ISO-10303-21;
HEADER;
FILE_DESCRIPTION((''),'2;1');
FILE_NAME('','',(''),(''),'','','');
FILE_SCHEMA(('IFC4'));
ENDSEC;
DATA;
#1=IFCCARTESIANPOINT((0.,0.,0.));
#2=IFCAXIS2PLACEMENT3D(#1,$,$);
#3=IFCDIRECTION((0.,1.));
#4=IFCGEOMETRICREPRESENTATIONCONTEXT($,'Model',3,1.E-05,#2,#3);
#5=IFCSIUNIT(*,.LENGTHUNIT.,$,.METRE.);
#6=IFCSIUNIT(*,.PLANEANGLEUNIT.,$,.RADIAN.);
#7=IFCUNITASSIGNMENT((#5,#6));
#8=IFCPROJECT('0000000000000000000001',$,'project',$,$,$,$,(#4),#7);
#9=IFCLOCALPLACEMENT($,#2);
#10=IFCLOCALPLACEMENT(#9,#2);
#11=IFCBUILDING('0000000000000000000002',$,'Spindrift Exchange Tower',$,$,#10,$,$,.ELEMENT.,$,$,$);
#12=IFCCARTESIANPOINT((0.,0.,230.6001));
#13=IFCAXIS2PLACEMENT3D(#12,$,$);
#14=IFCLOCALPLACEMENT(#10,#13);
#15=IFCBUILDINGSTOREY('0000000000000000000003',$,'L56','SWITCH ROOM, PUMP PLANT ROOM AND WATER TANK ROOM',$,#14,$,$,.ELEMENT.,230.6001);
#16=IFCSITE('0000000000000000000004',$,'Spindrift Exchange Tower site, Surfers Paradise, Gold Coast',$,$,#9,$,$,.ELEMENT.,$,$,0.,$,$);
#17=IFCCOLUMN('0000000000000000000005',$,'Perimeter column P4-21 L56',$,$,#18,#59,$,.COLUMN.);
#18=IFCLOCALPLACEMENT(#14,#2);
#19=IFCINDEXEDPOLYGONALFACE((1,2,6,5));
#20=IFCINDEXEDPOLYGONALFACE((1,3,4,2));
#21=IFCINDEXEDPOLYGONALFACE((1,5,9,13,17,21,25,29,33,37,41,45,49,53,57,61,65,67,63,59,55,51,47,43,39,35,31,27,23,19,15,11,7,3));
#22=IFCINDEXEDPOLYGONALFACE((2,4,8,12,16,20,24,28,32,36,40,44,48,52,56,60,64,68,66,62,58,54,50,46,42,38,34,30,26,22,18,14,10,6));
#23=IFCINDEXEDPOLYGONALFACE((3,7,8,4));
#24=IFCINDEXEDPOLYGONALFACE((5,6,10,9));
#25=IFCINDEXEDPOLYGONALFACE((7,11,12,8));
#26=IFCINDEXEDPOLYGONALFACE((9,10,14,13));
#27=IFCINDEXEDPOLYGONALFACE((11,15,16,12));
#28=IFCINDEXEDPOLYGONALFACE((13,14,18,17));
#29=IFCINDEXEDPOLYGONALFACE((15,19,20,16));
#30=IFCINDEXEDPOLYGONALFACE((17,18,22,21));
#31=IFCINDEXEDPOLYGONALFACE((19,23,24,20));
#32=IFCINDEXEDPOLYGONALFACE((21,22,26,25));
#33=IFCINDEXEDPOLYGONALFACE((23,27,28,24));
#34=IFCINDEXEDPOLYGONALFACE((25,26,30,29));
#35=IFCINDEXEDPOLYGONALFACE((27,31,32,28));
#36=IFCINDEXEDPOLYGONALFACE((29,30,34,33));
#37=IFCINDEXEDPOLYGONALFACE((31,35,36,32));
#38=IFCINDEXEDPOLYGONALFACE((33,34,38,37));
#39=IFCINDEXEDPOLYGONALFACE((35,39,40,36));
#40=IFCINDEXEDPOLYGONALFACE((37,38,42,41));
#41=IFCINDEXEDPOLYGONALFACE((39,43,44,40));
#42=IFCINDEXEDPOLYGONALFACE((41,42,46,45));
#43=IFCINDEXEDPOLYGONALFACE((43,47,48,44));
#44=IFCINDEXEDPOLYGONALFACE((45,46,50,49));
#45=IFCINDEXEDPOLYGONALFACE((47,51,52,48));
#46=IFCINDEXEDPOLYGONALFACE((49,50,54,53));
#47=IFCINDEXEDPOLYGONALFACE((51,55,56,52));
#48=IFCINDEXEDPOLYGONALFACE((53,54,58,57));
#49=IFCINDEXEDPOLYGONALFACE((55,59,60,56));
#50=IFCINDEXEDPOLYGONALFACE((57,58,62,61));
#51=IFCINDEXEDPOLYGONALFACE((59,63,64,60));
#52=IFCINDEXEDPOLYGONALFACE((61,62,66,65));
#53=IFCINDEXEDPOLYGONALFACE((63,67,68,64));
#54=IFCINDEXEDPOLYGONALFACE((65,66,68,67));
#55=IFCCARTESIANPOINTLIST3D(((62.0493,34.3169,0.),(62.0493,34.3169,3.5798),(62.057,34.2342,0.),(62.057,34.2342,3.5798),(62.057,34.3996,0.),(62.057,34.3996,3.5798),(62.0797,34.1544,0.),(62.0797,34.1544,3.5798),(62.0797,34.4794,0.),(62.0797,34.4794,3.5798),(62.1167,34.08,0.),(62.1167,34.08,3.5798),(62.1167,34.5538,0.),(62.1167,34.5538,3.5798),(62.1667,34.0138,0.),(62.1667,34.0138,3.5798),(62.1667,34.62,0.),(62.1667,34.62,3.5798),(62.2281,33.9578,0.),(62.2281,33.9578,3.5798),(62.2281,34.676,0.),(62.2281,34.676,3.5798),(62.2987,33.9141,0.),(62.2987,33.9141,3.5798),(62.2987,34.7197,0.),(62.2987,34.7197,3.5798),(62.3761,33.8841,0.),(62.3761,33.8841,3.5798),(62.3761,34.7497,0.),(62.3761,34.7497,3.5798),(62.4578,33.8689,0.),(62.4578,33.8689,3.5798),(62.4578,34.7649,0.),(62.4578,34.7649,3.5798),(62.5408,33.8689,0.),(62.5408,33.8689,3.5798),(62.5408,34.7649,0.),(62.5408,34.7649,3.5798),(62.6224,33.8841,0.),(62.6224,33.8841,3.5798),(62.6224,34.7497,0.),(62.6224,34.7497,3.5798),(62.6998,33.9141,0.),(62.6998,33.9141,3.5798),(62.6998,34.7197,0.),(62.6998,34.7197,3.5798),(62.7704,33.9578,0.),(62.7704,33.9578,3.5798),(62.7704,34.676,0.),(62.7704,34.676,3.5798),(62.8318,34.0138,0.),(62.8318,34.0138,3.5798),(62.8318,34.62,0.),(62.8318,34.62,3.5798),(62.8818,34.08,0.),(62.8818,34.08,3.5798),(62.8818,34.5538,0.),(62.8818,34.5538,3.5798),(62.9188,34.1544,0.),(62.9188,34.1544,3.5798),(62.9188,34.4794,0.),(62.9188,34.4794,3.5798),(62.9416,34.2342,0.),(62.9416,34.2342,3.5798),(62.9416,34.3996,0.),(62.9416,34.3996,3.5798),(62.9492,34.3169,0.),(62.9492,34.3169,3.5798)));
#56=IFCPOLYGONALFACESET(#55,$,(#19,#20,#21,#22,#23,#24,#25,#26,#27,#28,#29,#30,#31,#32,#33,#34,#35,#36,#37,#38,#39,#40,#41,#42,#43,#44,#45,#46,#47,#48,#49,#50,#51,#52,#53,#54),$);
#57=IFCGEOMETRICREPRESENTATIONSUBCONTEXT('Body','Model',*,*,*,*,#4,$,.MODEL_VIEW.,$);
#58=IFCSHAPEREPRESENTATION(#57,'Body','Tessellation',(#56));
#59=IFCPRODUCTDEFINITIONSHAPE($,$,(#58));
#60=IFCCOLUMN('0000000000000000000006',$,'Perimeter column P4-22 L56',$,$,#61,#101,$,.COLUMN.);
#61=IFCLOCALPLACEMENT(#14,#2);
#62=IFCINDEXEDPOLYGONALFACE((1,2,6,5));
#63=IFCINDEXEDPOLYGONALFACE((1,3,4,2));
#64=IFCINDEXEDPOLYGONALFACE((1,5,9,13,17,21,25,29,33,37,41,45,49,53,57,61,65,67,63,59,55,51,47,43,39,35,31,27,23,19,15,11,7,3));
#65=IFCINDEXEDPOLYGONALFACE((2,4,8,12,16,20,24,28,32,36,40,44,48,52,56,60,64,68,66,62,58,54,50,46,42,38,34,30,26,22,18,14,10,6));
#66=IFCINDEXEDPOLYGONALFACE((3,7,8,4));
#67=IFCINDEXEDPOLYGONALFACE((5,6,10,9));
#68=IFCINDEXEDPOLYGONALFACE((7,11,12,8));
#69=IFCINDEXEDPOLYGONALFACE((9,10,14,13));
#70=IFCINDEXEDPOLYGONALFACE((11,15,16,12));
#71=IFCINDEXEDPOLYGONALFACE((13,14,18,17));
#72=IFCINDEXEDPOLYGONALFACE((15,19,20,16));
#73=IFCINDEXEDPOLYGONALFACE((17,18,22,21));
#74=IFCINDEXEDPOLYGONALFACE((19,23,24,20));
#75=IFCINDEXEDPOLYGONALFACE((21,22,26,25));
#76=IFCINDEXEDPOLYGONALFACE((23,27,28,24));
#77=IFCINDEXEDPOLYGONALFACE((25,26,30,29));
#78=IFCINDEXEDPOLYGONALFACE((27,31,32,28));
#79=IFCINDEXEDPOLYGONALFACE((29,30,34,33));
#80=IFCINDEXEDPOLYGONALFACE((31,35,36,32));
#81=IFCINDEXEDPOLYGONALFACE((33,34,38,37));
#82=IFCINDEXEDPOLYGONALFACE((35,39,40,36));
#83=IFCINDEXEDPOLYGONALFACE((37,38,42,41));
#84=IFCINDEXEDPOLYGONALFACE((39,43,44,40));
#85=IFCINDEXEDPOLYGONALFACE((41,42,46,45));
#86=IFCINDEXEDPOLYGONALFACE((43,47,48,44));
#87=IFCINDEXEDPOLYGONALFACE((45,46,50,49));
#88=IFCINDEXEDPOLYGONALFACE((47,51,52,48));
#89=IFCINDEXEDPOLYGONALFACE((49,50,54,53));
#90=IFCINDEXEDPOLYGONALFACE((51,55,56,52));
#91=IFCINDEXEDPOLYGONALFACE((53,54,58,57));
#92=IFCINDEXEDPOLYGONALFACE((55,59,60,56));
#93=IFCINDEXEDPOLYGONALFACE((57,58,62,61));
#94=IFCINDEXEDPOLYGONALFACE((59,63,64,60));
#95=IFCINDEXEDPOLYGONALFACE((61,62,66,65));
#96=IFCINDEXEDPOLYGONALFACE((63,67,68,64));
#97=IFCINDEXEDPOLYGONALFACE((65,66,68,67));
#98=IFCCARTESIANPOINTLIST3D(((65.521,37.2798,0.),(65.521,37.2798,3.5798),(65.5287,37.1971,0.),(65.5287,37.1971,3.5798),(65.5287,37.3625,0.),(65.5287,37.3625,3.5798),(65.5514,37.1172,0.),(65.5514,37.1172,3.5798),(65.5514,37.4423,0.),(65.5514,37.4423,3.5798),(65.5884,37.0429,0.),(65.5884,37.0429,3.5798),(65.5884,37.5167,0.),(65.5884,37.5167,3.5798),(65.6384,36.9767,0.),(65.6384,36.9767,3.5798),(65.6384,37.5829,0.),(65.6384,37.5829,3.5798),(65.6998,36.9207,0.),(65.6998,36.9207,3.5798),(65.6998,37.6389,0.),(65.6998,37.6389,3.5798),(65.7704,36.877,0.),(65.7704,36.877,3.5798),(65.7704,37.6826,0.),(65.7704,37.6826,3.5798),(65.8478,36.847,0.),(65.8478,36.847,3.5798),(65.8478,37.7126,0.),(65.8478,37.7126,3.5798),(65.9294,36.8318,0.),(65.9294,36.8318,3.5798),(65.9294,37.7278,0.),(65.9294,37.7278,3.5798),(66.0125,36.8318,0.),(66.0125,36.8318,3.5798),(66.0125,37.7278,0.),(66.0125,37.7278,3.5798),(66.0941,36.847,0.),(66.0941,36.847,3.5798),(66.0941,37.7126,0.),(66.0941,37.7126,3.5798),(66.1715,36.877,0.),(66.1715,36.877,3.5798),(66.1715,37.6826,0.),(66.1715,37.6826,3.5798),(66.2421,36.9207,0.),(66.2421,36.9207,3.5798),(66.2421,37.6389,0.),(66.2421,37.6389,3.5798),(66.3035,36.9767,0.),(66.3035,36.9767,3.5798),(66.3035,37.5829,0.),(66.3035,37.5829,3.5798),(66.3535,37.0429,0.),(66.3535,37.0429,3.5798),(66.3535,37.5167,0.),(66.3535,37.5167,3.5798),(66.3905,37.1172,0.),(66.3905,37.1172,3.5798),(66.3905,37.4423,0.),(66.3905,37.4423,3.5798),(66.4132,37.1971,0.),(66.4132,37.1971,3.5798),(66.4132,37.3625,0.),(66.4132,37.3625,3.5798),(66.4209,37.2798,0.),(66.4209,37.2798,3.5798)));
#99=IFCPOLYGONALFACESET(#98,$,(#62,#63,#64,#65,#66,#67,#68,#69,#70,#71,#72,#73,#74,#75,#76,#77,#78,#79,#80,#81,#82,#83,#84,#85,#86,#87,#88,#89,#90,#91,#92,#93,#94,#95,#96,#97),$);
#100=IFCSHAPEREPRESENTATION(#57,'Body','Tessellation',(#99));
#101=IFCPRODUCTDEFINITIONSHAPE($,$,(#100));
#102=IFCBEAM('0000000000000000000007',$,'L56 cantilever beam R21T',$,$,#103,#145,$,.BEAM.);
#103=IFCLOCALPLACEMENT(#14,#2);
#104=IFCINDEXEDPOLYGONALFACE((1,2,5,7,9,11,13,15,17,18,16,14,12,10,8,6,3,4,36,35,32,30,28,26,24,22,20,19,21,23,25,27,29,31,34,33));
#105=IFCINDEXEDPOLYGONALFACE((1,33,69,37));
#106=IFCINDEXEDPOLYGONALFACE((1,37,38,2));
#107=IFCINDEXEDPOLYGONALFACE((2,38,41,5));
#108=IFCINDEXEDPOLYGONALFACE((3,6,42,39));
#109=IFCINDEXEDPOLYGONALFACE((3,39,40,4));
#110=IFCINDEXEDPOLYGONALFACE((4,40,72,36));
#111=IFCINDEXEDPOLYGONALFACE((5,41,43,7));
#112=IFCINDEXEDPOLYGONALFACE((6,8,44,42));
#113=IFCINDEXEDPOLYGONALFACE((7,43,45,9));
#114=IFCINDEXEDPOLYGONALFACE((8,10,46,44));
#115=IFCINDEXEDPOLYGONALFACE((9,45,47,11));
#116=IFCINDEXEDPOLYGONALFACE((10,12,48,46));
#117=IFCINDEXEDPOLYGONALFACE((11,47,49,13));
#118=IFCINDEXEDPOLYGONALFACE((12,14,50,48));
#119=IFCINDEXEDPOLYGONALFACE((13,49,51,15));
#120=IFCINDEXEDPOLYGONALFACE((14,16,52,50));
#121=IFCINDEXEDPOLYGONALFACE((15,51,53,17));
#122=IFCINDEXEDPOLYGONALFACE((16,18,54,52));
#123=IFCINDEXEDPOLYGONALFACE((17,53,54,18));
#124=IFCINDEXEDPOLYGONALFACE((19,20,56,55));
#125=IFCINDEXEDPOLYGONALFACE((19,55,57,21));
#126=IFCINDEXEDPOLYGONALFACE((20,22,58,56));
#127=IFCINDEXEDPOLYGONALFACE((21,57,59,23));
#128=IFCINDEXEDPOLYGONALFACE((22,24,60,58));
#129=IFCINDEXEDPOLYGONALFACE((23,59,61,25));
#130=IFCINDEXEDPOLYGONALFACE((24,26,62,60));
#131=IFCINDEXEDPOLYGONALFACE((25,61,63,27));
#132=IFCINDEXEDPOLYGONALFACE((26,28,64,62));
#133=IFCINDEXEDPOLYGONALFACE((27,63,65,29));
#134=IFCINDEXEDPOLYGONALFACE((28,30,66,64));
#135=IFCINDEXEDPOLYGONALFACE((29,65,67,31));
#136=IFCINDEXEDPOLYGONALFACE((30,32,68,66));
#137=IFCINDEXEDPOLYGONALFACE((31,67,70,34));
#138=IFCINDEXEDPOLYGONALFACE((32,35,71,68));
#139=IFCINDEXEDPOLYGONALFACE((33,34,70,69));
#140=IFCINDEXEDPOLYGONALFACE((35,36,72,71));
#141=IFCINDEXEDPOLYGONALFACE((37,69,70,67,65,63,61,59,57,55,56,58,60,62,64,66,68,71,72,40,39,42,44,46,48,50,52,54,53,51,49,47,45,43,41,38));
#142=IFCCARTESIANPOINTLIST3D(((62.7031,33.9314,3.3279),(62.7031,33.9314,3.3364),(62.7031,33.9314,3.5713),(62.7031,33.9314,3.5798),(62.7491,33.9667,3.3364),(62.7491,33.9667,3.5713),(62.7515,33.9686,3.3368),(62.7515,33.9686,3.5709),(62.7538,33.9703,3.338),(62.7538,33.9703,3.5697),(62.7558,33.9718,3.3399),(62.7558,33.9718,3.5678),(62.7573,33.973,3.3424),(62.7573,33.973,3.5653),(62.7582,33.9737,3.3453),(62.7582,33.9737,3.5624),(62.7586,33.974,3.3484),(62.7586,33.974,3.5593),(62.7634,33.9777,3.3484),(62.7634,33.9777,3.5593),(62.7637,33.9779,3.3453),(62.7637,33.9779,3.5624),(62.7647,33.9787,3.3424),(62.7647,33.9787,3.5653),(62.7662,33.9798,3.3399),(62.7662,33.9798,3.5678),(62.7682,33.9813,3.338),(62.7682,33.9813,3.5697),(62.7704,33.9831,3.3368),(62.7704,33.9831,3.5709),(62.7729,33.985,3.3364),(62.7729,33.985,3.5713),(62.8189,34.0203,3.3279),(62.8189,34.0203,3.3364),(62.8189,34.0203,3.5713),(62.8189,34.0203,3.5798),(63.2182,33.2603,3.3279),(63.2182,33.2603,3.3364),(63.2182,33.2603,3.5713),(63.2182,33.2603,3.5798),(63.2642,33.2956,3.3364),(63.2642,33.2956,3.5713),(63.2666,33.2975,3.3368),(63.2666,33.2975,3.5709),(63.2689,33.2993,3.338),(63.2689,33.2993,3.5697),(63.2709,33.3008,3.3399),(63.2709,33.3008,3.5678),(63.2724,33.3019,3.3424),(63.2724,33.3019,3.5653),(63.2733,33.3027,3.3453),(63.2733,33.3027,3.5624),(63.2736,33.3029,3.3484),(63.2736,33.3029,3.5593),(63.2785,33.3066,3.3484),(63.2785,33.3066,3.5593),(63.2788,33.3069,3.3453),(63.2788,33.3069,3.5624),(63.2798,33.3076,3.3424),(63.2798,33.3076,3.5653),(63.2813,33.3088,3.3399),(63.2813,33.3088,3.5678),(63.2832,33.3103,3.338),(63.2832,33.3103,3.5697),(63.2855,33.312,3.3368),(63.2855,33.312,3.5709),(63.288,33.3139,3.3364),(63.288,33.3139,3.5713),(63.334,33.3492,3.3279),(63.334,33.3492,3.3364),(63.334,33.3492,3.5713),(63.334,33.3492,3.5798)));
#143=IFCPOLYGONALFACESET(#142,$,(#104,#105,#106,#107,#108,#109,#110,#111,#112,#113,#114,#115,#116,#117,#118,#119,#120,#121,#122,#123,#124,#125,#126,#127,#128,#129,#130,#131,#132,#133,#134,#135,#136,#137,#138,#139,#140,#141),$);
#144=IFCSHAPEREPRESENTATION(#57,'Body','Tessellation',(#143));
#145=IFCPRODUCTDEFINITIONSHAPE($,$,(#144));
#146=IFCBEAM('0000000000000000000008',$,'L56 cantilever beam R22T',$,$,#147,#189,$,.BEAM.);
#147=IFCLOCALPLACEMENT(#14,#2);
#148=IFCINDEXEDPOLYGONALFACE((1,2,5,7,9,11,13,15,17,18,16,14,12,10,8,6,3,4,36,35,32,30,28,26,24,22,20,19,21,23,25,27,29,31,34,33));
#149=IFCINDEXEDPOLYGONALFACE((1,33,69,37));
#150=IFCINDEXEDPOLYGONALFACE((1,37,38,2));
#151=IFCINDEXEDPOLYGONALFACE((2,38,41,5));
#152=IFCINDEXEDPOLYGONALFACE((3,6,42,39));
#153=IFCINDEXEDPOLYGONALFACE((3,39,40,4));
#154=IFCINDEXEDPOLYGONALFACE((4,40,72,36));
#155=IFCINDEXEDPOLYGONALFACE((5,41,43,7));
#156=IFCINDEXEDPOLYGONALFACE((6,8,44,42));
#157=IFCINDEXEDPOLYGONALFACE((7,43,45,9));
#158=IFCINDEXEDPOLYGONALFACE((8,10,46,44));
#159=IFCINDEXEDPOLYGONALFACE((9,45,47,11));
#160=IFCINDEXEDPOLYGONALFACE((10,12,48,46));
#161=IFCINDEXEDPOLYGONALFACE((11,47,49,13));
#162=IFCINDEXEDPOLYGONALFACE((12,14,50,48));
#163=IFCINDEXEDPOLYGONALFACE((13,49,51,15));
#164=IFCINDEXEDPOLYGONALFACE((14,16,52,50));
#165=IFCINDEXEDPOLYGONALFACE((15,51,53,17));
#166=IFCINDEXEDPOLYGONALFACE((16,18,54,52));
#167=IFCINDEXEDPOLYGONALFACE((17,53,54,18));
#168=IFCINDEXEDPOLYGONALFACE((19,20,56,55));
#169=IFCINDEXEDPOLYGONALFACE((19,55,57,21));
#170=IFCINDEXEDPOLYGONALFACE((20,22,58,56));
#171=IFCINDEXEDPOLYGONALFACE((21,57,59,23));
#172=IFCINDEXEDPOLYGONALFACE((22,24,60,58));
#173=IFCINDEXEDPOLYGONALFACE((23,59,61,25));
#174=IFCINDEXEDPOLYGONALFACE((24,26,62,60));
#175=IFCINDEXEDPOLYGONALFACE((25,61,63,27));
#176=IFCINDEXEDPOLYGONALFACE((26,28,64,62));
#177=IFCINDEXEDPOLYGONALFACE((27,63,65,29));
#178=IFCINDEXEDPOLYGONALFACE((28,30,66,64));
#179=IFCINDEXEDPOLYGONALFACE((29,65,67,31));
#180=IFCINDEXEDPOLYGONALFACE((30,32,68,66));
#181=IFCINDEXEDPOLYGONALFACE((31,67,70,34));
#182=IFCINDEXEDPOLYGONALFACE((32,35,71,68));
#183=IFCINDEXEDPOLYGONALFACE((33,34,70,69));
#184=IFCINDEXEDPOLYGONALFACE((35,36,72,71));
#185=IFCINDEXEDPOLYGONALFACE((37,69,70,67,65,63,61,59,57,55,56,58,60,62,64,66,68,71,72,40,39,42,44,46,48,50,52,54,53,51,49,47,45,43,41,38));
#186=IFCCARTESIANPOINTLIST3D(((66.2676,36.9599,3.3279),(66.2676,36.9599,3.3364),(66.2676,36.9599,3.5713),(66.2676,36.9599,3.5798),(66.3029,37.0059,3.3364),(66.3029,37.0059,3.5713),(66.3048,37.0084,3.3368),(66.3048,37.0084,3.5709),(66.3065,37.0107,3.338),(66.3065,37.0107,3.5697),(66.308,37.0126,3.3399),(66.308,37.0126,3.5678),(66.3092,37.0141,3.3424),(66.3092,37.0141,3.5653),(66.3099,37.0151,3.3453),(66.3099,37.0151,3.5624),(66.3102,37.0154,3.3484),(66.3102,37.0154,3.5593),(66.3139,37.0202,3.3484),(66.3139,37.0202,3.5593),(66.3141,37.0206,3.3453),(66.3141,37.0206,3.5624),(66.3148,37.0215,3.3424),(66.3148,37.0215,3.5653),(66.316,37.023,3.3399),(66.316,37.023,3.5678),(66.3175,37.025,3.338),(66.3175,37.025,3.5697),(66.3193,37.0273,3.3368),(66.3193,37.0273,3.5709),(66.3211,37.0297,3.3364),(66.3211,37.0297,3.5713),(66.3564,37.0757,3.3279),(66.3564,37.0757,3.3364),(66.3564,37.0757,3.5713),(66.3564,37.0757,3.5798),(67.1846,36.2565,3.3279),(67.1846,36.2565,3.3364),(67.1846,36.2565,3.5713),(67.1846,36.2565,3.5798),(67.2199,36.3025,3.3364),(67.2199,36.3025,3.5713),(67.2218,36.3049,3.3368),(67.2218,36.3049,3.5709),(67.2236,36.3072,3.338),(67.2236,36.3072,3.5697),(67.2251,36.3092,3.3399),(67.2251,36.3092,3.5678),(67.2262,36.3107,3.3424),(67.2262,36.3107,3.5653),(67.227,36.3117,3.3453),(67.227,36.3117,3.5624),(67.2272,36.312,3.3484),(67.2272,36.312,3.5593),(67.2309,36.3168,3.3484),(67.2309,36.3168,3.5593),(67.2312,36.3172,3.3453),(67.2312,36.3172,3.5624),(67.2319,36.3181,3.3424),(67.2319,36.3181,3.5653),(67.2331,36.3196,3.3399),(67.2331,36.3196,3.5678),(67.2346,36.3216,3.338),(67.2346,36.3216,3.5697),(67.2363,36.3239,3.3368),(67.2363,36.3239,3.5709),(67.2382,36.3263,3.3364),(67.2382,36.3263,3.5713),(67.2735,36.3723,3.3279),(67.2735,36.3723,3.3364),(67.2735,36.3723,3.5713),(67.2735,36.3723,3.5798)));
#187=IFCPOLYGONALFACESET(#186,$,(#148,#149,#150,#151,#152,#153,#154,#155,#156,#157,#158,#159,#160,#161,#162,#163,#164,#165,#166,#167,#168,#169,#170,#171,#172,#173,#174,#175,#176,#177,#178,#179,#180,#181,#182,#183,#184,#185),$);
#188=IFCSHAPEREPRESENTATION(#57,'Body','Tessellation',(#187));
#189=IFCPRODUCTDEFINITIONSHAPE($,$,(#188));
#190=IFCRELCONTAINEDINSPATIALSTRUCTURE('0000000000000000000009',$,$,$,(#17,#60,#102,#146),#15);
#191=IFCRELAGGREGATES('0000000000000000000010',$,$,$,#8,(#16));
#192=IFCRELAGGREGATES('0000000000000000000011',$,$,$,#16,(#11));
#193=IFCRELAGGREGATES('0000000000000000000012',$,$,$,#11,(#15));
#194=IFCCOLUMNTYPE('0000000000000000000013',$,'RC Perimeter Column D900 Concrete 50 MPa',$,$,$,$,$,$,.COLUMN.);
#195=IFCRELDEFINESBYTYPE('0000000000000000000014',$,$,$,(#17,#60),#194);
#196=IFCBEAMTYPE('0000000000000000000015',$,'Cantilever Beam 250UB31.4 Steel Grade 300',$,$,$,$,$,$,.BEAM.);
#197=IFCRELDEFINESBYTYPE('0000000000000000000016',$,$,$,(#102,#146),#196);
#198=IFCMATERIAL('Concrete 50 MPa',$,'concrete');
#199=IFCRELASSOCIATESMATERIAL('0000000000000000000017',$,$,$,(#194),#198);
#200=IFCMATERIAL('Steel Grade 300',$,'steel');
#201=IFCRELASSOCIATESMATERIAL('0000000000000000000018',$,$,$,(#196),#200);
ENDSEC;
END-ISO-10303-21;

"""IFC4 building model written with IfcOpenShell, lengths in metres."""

from ifc_helpers import new_model, si_unit, direction, frame, origin, origin_2d, place, context, subcontext, project, spatial, circle, i_section, extrude, source, transform, mapped, material, material_profile, profile_set, type_object, element, save


model = new_model("IFC4")

# Units and contexts
model_context = context("Model", 3, precision=1e-05, world=origin(), true_north=direction((0.0, 1.0)))
body_context = subcontext(model_context, "Body", "Model", "MODEL_VIEW")
ifc_project = project(units=[si_unit("LENGTHUNIT", "METRE"), si_unit("PLANEANGLEUNIT", "RADIAN")], contexts=[model_context])

# Site, building, storey
site_placement = place(None, origin())
site = spatial("IfcSite", under=ifc_project, at=site_placement, Name="Spindrift Exchange Tower site, Surfers Paradise, Gold Coast", CompositionType="ELEMENT", RefElevation=0.0)
building_placement = place(site_placement, origin())
building = spatial("IfcBuilding", under=site, at=building_placement, Name="Spindrift Exchange Tower", CompositionType="ELEMENT")
storey_placement = place(building_placement, frame((0.0, 0.0, 230.6001)))
storey = spatial("IfcBuildingStorey", under=building, at=storey_placement, Name="L56", Description="SWITCH ROOM, PUMP PLANT ROOM AND WATER TANK ROOM", CompositionType="ELEMENT", Elevation=230.6001)

# Columns
ifc_material_1 = material(Name="Concrete 50 MPa", Category="concrete")
ifc_material_profile_1 = material_profile(ifc_material_1, circle(Radius=0.45, at=origin_2d()), Name="RC D900")
ifc_profile_set_1 = profile_set([ifc_material_profile_1], Name="Concrete 50 MPa")
column_type = type_object("IfcColumnType", Name="RC Perimeter Column D900 Concrete 50 MPa", PredefinedType="COLUMN", material=ifc_profile_set_1)
shared_shape_1 = source(origin(), body_context, "Body", "SweptSolid", [
    extrude(circle(Radius=0.45, at=origin_2d()), origin(), (0.0, 0.0, 1.0), 3.5798),
])
for number, where, z_axis, x_axis, name in (
    (1, (62.4993, 34.3169, 0.0), (0.0, 0.0, 1.0), (1.0, 0.0, 0.0), "Perimeter column P4-21 L56"),
    (2, (65.9709, 37.2798, 0.0), (0.0, 0.0, 1.0), (1.0, 0.0, 0.0), "Perimeter column P4-22 L56"),
):
    element("IfcColumn", number, at=place(storey_placement, frame(where, z_axis=z_axis, x_axis=x_axis)), inside=storey, type_object=column_type, Name=name, PredefinedType="COLUMN", context=body_context, shape_type="MappedRepresentation", body=[
        mapped(shared_shape_1, transform((0.0, 0.0, 0.0), scale=1.0)),
    ])

# Beams
ifc_material_2 = material(Name="Steel Grade 300", Category="steel")
ifc_material_profile_2 = material_profile(ifc_material_2, i_section(OverallWidth=0.146, OverallDepth=0.252, WebThickness=0.0061, FlangeThickness=0.0085, FilletRadius=0.012, at=origin_2d()), Name="250UB31.4")
ifc_profile_set_2 = profile_set([ifc_material_profile_2], Name="Steel Grade 300")
beam_type_1 = type_object("IfcBeamType", Name="Cantilever Beam 250UB31.4 Steel Grade 300", PredefinedType="BEAM", material=ifc_profile_set_2)
shared_shape_2 = source(origin(), body_context, "Body", "SweptSolid", [
    extrude(i_section(OverallWidth=0.146, OverallDepth=0.252, WebThickness=0.0061, FlangeThickness=0.0085, FilletRadius=0.012, at=origin_2d()), origin(), (0.0, 0.0, 1.0), 0.8459),
])
beam_1_placement = place(storey_placement, frame((62.761, 33.9758, 3.4539), z_axis=(0.608874, -0.793267, 0.0), x_axis=(0.793267, 0.608874, 0.0)))
element("IfcBeam", 3, at=beam_1_placement, inside=storey, type_object=beam_type_1, Name="L56 cantilever beam R21T", PredefinedType="BEAM", context=body_context, shape_type="MappedRepresentation", body=[
    mapped(shared_shape_2, transform((0.0, 0.0, 0.0), scale=1.0)),
])
shared_shape_3 = source(origin(), body_context, "Body", "SweptSolid", [
    extrude(i_section(OverallWidth=0.146, OverallDepth=0.252, WebThickness=0.0061, FlangeThickness=0.0085, FilletRadius=0.012, at=origin_2d()), origin(), (0.0, 0.0, 1.0), 1.1558),
])
beam_2_placement = place(storey_placement, frame((66.312, 37.0178, 3.4539), z_axis=(0.793464, -0.608618, 0.0), x_axis=(0.608618, 0.793464, 0.0)))
element("IfcBeam", 4, at=beam_2_placement, inside=storey, type_object=beam_type_1, Name="L56 cantilever beam R22T", PredefinedType="BEAM", context=body_context, shape_type="MappedRepresentation", body=[
    mapped(shared_shape_3, transform((0.0, 0.0, 0.0), scale=1.0)),
])

save(model, "model.ifc")
